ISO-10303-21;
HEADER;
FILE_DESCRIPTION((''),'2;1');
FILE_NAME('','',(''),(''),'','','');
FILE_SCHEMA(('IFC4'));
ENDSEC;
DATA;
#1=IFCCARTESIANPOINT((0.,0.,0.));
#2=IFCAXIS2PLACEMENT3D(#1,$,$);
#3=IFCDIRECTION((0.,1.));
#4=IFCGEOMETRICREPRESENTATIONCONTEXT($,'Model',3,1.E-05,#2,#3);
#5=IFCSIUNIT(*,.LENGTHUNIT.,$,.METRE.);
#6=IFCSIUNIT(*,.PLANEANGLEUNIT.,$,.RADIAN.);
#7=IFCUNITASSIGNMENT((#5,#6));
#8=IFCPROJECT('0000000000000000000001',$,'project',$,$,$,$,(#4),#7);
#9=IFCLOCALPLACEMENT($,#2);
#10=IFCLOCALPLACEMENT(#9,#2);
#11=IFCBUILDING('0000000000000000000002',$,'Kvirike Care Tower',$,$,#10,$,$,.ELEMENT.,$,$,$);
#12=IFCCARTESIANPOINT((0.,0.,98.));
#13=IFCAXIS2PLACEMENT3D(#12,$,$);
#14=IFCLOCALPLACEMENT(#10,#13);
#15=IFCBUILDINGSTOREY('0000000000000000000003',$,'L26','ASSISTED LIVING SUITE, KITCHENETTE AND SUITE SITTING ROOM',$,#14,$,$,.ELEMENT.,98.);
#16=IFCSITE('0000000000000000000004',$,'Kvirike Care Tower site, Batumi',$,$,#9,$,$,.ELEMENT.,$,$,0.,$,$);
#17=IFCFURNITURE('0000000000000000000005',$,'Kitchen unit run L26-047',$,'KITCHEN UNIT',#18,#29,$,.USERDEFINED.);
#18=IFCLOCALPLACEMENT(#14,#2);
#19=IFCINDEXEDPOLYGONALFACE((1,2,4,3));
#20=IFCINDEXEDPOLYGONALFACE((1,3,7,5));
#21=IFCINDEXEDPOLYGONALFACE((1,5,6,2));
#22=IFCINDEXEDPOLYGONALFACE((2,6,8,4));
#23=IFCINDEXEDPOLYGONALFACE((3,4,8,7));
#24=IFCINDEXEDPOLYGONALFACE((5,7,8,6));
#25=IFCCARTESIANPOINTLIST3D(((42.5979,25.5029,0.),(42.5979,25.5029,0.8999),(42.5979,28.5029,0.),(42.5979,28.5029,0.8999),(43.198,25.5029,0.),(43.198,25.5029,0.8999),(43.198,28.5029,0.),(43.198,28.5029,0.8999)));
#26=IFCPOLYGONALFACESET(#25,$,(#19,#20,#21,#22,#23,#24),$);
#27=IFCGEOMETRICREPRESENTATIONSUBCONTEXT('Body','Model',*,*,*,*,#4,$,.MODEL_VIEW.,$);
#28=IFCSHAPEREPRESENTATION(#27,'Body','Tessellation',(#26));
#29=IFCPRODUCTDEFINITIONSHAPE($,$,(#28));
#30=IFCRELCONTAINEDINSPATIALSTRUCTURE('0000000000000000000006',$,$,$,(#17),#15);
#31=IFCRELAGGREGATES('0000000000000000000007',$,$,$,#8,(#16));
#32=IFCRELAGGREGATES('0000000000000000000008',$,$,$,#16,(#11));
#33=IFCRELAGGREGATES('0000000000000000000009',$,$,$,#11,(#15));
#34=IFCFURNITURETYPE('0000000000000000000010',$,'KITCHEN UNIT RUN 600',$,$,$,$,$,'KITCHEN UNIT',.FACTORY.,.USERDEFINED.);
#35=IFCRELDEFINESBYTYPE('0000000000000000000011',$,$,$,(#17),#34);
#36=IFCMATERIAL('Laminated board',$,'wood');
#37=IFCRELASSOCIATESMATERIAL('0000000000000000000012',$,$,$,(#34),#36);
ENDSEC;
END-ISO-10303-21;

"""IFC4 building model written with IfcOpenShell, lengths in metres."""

from ifc_helpers import new_model, si_unit, direction, frame, origin, origin_2d, place, context, subcontext, project, spatial, rectangle, extrude, material, type_object, element, save


model = new_model("IFC4")

# Units and contexts
model_context = context("Model", 3, precision=1e-05, world=origin(), true_north=direction((0.0, 1.0)))
body_context = subcontext(model_context, "Body", "Model", "MODEL_VIEW")
ifc_project = project(units=[si_unit("LENGTHUNIT", "METRE"), si_unit("PLANEANGLEUNIT", "RADIAN")], contexts=[model_context])

# Site, building, storey
site_placement = place(None, origin())
site = spatial("IfcSite", under=ifc_project, at=site_placement, Name="Kvirike Care Tower site, Batumi", CompositionType="ELEMENT", RefElevation=0.0)
building_placement = place(site_placement, origin())
building = spatial("IfcBuilding", under=site, at=building_placement, Name="Kvirike Care Tower", CompositionType="ELEMENT")
storey_placement = place(building_placement, frame((0.0, 0.0, 98.0)))
storey = spatial("IfcBuildingStorey", under=building, at=storey_placement, Name="L26", Description="ASSISTED LIVING SUITE, KITCHENETTE AND SUITE SITTING ROOM", CompositionType="ELEMENT", Elevation=98.0)

# Furniture
ifc_material_1 = material(Name="Laminated board", Category="wood")
furniture_type = type_object("IfcFurnitureType", Name="KITCHEN UNIT RUN 600", ElementType="KITCHEN UNIT", AssemblyPlace="FACTORY", PredefinedType="USERDEFINED", material=ifc_material_1)
furniture_placement = place(storey_placement, frame((42.8979, 27.0029, 0.0), z_axis=(0.0, 0.0, 1.0), x_axis=(0.0, -1.0, 0.0)))
element("IfcFurniture", 1, at=furniture_placement, inside=storey, type_object=furniture_type, Name="Kitchen unit run L26-047", ObjectType="KITCHEN UNIT", PredefinedType="USERDEFINED", context=body_context, shape_type="SweptSolid", body=[
    extrude(rectangle(XDim=3.0, YDim=0.6001, at=origin_2d()), origin(), (0.0, 0.0, 1.0), 0.8999),
])

save(model, "model.ifc")
